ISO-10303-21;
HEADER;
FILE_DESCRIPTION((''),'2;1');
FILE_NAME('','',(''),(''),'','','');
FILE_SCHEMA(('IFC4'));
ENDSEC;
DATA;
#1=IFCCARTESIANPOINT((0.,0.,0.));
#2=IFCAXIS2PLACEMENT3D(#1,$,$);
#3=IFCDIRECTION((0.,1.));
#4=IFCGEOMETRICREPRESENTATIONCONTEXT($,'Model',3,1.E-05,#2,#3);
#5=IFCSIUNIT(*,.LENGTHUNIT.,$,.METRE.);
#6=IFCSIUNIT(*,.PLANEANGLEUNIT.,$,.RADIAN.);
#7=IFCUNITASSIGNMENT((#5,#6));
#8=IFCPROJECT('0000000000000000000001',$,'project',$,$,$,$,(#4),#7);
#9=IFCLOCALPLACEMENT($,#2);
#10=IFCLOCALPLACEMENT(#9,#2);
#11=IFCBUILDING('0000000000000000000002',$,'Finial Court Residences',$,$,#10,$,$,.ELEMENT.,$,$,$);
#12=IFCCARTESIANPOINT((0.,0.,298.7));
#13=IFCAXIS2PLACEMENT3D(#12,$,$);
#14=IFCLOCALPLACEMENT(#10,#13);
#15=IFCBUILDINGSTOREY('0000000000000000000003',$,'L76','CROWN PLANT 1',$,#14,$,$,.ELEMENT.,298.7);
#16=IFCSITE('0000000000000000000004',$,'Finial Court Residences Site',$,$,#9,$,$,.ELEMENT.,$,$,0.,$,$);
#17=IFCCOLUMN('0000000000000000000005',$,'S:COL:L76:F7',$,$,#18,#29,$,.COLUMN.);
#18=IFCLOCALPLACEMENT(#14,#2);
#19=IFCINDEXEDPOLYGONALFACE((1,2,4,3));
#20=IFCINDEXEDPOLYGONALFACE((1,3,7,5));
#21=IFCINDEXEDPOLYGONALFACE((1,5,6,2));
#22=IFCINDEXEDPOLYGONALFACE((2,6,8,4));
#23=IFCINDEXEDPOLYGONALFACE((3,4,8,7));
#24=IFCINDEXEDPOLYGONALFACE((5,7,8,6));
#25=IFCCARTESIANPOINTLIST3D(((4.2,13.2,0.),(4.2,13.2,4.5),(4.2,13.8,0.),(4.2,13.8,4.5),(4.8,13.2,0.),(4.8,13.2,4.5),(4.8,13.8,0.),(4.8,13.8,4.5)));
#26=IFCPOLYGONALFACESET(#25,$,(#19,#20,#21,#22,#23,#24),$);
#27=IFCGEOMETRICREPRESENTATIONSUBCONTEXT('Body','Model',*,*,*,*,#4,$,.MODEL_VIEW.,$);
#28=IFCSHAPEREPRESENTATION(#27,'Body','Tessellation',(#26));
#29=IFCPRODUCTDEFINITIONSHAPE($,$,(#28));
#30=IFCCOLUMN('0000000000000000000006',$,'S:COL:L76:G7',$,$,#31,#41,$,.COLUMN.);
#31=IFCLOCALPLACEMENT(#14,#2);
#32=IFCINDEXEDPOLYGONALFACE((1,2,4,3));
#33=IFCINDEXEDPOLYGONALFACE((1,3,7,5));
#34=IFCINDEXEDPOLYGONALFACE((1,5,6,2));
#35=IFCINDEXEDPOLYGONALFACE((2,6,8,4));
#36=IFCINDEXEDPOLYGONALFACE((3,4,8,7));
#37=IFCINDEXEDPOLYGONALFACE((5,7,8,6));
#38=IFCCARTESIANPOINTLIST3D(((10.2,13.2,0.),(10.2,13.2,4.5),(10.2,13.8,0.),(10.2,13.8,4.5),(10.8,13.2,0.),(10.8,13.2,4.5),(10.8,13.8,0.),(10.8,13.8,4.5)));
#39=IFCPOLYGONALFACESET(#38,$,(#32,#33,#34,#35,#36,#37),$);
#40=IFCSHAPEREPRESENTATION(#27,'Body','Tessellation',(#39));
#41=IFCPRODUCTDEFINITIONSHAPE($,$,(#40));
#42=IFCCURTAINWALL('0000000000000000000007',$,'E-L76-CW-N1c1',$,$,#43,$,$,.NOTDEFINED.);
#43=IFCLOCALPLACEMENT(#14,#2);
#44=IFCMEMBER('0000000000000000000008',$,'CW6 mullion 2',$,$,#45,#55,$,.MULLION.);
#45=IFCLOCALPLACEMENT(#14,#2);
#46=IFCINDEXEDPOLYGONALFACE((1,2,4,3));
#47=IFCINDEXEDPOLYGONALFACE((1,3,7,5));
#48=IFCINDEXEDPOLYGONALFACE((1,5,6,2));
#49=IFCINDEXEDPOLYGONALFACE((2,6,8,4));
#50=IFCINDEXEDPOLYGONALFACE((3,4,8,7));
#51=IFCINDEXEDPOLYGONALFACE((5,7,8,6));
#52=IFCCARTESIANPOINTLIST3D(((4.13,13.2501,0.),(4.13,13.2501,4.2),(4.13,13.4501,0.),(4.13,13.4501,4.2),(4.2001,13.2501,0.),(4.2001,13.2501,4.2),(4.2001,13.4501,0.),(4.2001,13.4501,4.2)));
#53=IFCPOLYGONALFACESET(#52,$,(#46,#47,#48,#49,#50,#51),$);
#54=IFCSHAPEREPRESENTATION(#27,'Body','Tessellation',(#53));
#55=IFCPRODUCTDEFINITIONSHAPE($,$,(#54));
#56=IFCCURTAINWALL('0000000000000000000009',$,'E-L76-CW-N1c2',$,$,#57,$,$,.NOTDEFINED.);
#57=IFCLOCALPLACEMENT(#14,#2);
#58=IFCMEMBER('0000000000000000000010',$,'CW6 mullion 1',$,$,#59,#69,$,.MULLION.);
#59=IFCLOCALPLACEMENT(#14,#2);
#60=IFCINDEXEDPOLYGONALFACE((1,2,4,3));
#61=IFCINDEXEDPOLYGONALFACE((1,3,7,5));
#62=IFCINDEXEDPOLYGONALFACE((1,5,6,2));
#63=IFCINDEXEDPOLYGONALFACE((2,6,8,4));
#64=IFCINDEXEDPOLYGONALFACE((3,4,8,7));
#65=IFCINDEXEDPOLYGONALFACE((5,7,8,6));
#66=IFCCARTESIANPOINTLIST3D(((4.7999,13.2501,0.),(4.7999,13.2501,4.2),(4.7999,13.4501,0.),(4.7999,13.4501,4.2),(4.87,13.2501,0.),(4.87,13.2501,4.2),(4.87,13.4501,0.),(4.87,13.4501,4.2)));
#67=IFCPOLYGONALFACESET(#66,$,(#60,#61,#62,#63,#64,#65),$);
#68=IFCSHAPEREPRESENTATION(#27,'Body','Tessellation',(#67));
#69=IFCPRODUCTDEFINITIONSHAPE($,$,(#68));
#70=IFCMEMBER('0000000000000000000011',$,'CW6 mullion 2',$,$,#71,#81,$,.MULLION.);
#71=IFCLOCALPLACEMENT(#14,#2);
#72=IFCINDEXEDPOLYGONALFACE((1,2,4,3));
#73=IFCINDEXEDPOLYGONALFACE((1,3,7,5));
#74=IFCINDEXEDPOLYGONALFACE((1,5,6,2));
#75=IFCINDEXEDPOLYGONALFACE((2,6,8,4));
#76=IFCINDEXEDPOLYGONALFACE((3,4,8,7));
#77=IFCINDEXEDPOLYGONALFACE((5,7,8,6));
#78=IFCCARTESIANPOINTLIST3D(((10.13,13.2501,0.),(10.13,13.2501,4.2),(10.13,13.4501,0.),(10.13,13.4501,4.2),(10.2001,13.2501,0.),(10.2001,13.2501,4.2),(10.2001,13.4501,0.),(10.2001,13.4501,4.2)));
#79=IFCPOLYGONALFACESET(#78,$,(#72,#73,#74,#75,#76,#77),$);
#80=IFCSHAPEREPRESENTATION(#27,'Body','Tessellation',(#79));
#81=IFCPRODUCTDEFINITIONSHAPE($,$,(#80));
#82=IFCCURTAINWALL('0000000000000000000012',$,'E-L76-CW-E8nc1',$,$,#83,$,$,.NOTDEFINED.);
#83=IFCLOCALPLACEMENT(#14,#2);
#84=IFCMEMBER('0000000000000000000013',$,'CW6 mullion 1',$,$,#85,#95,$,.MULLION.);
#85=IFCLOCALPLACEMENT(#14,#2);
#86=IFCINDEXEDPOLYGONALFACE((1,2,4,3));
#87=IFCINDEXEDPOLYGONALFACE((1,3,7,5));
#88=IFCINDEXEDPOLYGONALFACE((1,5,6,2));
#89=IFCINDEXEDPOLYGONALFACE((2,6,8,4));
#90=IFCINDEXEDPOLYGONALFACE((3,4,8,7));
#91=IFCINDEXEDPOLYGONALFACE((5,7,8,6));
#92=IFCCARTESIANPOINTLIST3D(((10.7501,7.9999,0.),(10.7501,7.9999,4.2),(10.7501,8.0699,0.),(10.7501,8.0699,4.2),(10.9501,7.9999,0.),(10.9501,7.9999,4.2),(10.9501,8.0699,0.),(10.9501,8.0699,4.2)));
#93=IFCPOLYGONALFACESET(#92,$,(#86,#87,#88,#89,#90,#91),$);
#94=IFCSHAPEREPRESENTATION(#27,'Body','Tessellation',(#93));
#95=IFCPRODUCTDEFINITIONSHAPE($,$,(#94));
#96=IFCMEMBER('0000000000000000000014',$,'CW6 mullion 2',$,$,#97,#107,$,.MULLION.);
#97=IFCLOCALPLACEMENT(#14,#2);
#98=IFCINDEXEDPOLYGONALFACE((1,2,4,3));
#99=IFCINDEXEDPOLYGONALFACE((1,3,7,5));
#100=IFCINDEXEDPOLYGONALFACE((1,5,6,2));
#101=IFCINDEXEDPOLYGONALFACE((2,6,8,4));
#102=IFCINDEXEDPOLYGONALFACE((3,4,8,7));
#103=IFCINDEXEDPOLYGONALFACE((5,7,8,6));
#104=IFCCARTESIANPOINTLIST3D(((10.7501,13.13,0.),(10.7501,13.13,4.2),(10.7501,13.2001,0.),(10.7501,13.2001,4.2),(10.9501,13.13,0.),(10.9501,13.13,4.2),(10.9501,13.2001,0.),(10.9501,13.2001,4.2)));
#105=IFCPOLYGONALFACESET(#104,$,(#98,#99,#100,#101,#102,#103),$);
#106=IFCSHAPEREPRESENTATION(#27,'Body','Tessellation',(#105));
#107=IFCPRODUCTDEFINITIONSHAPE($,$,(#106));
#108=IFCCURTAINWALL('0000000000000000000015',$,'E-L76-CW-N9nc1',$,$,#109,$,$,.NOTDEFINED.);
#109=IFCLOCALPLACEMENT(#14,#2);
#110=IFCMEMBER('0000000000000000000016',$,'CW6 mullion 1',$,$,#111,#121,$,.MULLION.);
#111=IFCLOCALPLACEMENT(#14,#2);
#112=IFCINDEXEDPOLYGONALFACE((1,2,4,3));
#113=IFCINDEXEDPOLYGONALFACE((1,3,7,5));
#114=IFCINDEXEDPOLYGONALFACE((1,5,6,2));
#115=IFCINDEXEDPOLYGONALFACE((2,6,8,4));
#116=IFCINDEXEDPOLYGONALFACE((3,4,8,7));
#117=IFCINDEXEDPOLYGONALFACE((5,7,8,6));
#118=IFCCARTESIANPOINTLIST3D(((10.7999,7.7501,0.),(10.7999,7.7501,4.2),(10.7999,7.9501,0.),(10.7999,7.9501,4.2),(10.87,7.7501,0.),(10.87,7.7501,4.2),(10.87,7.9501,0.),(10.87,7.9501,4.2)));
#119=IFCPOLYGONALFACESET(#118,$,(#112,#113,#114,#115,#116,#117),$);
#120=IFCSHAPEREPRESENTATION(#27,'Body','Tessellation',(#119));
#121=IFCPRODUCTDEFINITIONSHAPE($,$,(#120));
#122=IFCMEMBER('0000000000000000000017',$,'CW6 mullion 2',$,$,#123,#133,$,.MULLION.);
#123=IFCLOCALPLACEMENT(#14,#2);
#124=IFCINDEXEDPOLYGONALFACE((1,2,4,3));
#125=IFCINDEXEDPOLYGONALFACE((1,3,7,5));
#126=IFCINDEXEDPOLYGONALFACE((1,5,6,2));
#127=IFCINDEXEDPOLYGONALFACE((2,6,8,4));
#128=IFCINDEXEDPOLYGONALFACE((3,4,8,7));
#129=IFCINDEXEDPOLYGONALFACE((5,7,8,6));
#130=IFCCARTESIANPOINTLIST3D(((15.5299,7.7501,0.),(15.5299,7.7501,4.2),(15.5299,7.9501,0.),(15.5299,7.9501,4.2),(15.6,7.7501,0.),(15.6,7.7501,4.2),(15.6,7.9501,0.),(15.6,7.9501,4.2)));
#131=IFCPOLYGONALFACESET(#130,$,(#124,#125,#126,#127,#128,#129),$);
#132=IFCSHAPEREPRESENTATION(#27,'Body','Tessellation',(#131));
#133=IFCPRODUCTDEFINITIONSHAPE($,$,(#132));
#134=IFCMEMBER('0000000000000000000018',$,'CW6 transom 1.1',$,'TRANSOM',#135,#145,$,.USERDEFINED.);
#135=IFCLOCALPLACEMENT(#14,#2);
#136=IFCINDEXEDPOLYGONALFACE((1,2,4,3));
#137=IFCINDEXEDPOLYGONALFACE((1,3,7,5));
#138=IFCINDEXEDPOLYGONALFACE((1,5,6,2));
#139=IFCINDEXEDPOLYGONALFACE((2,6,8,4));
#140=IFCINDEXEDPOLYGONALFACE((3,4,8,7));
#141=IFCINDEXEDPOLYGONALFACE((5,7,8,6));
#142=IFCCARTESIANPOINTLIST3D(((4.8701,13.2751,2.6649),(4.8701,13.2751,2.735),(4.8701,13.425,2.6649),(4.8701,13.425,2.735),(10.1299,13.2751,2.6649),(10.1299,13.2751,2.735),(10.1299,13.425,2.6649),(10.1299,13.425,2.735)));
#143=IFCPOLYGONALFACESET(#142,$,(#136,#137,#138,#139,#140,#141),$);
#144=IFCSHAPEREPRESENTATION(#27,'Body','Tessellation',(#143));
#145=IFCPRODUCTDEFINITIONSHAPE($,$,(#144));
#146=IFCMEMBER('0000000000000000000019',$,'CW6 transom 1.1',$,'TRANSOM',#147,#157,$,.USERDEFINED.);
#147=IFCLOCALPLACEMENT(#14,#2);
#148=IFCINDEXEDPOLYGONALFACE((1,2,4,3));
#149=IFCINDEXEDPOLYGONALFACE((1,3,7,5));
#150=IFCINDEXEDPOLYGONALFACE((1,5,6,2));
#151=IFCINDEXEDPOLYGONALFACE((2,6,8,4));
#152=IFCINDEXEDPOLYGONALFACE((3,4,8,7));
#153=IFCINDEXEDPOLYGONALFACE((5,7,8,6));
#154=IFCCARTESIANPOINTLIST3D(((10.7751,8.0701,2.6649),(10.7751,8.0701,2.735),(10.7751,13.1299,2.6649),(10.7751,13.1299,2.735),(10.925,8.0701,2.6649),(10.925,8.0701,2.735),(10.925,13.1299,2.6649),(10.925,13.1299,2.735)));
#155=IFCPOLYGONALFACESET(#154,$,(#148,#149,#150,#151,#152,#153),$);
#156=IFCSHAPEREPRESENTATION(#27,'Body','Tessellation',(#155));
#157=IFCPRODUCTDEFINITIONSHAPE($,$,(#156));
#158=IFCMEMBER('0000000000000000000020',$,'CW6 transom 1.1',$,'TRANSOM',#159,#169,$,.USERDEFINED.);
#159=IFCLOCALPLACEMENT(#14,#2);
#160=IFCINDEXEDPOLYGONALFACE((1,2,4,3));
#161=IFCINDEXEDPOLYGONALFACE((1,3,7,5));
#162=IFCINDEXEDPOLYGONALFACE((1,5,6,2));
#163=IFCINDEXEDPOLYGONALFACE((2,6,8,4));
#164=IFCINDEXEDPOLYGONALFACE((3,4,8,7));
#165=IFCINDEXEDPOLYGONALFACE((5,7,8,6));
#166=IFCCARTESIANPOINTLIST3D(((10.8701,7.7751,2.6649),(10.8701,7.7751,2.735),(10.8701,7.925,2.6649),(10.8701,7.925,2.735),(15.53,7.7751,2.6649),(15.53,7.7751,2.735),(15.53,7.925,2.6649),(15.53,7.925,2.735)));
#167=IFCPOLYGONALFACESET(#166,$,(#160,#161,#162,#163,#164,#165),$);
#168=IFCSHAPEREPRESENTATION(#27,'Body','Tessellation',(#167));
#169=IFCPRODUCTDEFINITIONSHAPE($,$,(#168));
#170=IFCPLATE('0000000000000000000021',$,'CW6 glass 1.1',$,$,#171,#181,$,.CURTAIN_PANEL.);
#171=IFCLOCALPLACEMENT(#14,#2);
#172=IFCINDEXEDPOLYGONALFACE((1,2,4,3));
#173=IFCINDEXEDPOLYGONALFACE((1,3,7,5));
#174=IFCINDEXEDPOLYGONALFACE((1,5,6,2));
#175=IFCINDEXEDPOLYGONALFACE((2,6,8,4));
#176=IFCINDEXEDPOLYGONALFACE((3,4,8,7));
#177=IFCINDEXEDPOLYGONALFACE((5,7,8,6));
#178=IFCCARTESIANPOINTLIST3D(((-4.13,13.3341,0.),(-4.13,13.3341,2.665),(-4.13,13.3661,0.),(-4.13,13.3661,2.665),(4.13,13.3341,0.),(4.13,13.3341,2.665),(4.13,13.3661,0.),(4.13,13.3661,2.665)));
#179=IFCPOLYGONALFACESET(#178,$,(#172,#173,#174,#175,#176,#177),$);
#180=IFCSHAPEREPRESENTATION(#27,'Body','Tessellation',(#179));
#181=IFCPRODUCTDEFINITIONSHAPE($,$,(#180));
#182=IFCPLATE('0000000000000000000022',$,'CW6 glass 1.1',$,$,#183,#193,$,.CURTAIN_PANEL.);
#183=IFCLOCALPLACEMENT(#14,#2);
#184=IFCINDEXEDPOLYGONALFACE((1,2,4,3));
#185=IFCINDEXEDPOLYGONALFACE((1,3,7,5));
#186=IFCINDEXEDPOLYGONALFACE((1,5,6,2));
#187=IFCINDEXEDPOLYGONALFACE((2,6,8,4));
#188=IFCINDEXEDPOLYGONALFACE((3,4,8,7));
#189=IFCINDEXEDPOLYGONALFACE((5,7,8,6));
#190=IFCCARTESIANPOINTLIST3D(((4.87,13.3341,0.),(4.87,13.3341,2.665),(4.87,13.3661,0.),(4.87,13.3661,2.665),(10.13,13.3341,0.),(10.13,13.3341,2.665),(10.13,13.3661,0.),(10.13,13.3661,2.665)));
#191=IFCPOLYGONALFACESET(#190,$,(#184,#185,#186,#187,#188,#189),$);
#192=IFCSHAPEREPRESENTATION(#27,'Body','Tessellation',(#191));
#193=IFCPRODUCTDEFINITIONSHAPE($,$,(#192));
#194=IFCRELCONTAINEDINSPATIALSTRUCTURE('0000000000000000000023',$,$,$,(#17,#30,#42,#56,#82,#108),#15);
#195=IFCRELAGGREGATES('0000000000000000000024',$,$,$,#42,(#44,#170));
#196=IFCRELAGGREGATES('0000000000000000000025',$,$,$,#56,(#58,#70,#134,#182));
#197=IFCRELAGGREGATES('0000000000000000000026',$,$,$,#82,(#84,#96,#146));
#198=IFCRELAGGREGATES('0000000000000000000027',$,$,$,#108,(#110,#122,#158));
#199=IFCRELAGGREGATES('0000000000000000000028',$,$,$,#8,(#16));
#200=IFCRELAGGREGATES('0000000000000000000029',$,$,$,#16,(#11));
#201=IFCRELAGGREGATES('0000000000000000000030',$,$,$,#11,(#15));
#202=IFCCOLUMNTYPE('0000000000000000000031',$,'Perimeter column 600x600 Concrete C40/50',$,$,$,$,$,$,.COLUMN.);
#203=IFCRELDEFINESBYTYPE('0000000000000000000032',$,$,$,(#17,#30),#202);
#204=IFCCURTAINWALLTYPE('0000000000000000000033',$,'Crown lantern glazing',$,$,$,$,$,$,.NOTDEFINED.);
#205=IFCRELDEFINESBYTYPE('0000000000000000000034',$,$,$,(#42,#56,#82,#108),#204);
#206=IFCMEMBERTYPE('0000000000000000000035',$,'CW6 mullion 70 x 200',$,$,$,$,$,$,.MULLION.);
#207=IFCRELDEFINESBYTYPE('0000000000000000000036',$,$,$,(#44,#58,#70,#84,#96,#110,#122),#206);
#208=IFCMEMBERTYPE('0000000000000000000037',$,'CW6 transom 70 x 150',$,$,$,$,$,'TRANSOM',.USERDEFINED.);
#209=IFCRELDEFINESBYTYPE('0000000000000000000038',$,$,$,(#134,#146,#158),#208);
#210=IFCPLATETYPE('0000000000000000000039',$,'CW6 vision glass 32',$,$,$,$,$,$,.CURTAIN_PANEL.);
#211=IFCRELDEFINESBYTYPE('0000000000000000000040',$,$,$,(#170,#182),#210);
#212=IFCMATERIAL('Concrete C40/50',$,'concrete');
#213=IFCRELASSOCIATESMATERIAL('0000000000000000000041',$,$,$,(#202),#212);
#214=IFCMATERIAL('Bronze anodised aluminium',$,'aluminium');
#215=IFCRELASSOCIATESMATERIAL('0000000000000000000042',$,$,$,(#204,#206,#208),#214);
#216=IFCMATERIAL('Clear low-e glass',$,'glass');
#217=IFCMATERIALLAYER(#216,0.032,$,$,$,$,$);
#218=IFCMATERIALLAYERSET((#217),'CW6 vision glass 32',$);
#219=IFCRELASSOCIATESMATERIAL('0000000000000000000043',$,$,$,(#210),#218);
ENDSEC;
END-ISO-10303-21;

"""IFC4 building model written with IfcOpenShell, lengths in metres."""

from ifc_helpers import new_model, si_unit, direction, frame, origin, origin_2d, place, context, subcontext, project, spatial, rectangle, extrude, material, layer, layer_set, material_profile, profile_set, type_object, element, aggregate, save


model = new_model("IFC4")

# Units and contexts
model_context = context("Model", 3, precision=1e-05, world=origin(), true_north=direction((0.0, 1.0)))
body_context = subcontext(model_context, "Body", "Model", "MODEL_VIEW")
ifc_project = project(units=[si_unit("LENGTHUNIT", "METRE"), si_unit("PLANEANGLEUNIT", "RADIAN")], contexts=[model_context])

# Site, building, storey
site_placement = place(None, origin())
site = spatial("IfcSite", under=ifc_project, at=site_placement, Name="Finial Court Residences Site", CompositionType="ELEMENT", RefElevation=0.0)
building_placement = place(site_placement, origin())
building = spatial("IfcBuilding", under=site, at=building_placement, Name="Finial Court Residences", CompositionType="ELEMENT")
storey_placement = place(building_placement, frame((0.0, 0.0, 298.7)))
storey = spatial("IfcBuildingStorey", under=building, at=storey_placement, Name="L76", Description="CROWN PLANT 1", CompositionType="ELEMENT", Elevation=298.7)

# Columns
ifc_material_1 = material(Name="Concrete C40/50", Category="concrete")
ifc_material_profile_1 = material_profile(ifc_material_1, rectangle(XDim=0.6001, YDim=0.6001, at=origin_2d()), Name="600x600")
ifc_profile_set_1 = profile_set([ifc_material_profile_1], Name="Concrete C40/50")
column_type = type_object("IfcColumnType", Name="Perimeter column 600x600 Concrete C40/50", PredefinedType="COLUMN", material=ifc_profile_set_1)
for number, where, z_axis, x_axis, name in (
    (1, (4.5, 13.5, 0.0), (0.0, 0.0, 1.0), (1.0, 0.0, 0.0), "S:COL:L76:F7"),
    (2, (10.5, 13.5, 0.0), (0.0, 0.0, 1.0), (1.0, 0.0, 0.0), "S:COL:L76:G7"),
):
    element("IfcColumn", number, at=place(storey_placement, frame(where, z_axis=z_axis, x_axis=x_axis)), inside=storey, type_object=column_type, Name=name, PredefinedType="COLUMN", context=body_context, shape_type="SweptSolid", body=[
        extrude(rectangle(XDim=0.6001, YDim=0.6001, at=origin_2d()), origin(), (0.0, 0.0, 1.0), 4.5),
    ])

# Curtain wall, member
ifc_material_2 = material(Name="Bronze anodised aluminium", Category="aluminium")
curtain_wall_type = type_object("IfcCurtainWallType", Name="Crown lantern glazing", PredefinedType="NOTDEFINED", material=ifc_material_2)
curtain_wall_1_placement = place(storey_placement, origin())
curtain_wall_1 = element("IfcCurtainWall", 3, at=curtain_wall_1_placement, inside=storey, type_object=curtain_wall_type, Name="E-L76-CW-N1c1", PredefinedType="NOTDEFINED")
ifc_material_profile_2 = material_profile(ifc_material_2, rectangle(XDim=0.2, YDim=0.0701, at=origin_2d()), Name="CW6 mullion 70 x 200")
ifc_profile_set_2 = profile_set([ifc_material_profile_2], Name="Bronze anodised aluminium")
member_type_1 = type_object("IfcMemberType", Name="CW6 mullion 70 x 200", PredefinedType="MULLION", material=ifc_profile_set_2)
member_1_placement = place(storey_placement, frame((4.165, 13.3501, 0.0), z_axis=(0.0, 0.0, 1.0), x_axis=(0.0, 1.0, 0.0)))
member_1 = element("IfcMember", 4, at=member_1_placement, type_object=member_type_1, Name="CW6 mullion 2", PredefinedType="MULLION", context=body_context, shape_type="SweptSolid", body=[
    extrude(rectangle(XDim=0.2, YDim=0.0701, at=origin_2d()), origin(), (0.0, 0.0, 1.0), 4.2),
])

# Curtain walls, members
curtain_wall_2_placement = place(storey_placement, origin())
curtain_wall_2 = element("IfcCurtainWall", 5, at=curtain_wall_2_placement, inside=storey, type_object=curtain_wall_type, Name="E-L76-CW-N1c2", PredefinedType="NOTDEFINED")
member_2_placement = place(storey_placement, frame((4.835, 13.3501, 0.0), z_axis=(0.0, 0.0, 1.0), x_axis=(0.0, 1.0, 0.0)))
member_2 = element("IfcMember", 6, at=member_2_placement, type_object=member_type_1, Name="CW6 mullion 1", PredefinedType="MULLION", context=body_context, shape_type="SweptSolid", body=[
    extrude(rectangle(XDim=0.2, YDim=0.0701, at=origin_2d()), origin(), (0.0, 0.0, 1.0), 4.2),
])
member_3_placement = place(storey_placement, frame((10.165, 13.3501, 0.0), z_axis=(0.0, 0.0, 1.0), x_axis=(0.0, 1.0, 0.0)))
member_3 = element("IfcMember", 7, at=member_3_placement, type_object=member_type_1, Name="CW6 mullion 2", PredefinedType="MULLION", context=body_context, shape_type="SweptSolid", body=[
    extrude(rectangle(XDim=0.2, YDim=0.0701, at=origin_2d()), origin(), (0.0, 0.0, 1.0), 4.2),
])
curtain_wall_3_placement = place(storey_placement, origin())
curtain_wall_3 = element("IfcCurtainWall", 8, at=curtain_wall_3_placement, inside=storey, type_object=curtain_wall_type, Name="E-L76-CW-E8nc1", PredefinedType="NOTDEFINED")
member_4_placement = place(storey_placement, frame((10.8501, 8.0349, 0.0), z_axis=(0.0, 0.0, 1.0), x_axis=(-1.0, 0.0, 0.0)))
member_4 = element("IfcMember", 9, at=member_4_placement, type_object=member_type_1, Name="CW6 mullion 1", PredefinedType="MULLION", context=body_context, shape_type="SweptSolid", body=[
    extrude(rectangle(XDim=0.2, YDim=0.0701, at=origin_2d()), origin(), (0.0, 0.0, 1.0), 4.2),
])
member_5_placement = place(storey_placement, frame((10.8501, 13.165, 0.0), z_axis=(0.0, 0.0, 1.0), x_axis=(-1.0, 0.0, 0.0)))
member_5 = element("IfcMember", 10, at=member_5_placement, type_object=member_type_1, Name="CW6 mullion 2", PredefinedType="MULLION", context=body_context, shape_type="SweptSolid", body=[
    extrude(rectangle(XDim=0.2, YDim=0.0701, at=origin_2d()), origin(), (0.0, 0.0, 1.0), 4.2),
])
curtain_wall_4_placement = place(storey_placement, origin())
curtain_wall_4 = element("IfcCurtainWall", 11, at=curtain_wall_4_placement, inside=storey, type_object=curtain_wall_type, Name="E-L76-CW-N9nc1", PredefinedType="NOTDEFINED")
member_6_placement = place(storey_placement, frame((10.835, 7.8501, 0.0), z_axis=(0.0, 0.0, 1.0), x_axis=(0.0, 1.0, 0.0)))
member_6 = element("IfcMember", 12, at=member_6_placement, type_object=member_type_1, Name="CW6 mullion 1", PredefinedType="MULLION", context=body_context, shape_type="SweptSolid", body=[
    extrude(rectangle(XDim=0.2, YDim=0.0701, at=origin_2d()), origin(), (0.0, 0.0, 1.0), 4.2),
])
member_7_placement = place(storey_placement, frame((15.5649, 7.8501, 0.0), z_axis=(0.0, 0.0, 1.0), x_axis=(0.0, 1.0, 0.0)))
member_7 = element("IfcMember", 13, at=member_7_placement, type_object=member_type_1, Name="CW6 mullion 2", PredefinedType="MULLION", context=body_context, shape_type="SweptSolid", body=[
    extrude(rectangle(XDim=0.2, YDim=0.0701, at=origin_2d()), origin(), (0.0, 0.0, 1.0), 4.2),
])

# Members
ifc_material_profile_3 = material_profile(ifc_material_2, rectangle(XDim=0.1499, YDim=0.0701, at=origin_2d()), Name="CW6 transom 70 x 150")
ifc_profile_set_3 = profile_set([ifc_material_profile_3], Name="Bronze anodised aluminium")
member_type_2 = type_object("IfcMemberType", Name="CW6 transom 70 x 150", ElementType="TRANSOM", PredefinedType="USERDEFINED", material=ifc_profile_set_3)
member_8_placement = place(storey_placement, frame((4.8701, 13.3501, 2.7), z_axis=(1.0, 0.0, 0.0), x_axis=(0.0, 1.0, 0.0)))
member_8 = element("IfcMember", 14, at=member_8_placement, type_object=member_type_2, Name="CW6 transom 1.1", ObjectType="TRANSOM", PredefinedType="USERDEFINED", context=body_context, shape_type="SweptSolid", body=[
    extrude(rectangle(XDim=0.1499, YDim=0.0701, at=origin_2d()), origin(), (0.0, 0.0, 1.0), 5.2598),
])
member_9_placement = place(storey_placement, frame((10.8501, 8.0701, 2.7), z_axis=(0.0, 1.0, 0.0), x_axis=(-1.0, 0.0, 0.0)))
member_9 = element("IfcMember", 15, at=member_9_placement, type_object=member_type_2, Name="CW6 transom 1.1", ObjectType="TRANSOM", PredefinedType="USERDEFINED", context=body_context, shape_type="SweptSolid", body=[
    extrude(rectangle(XDim=0.1499, YDim=0.0701, at=origin_2d()), origin(), (0.0, 0.0, 1.0), 5.0598),
])
member_10_placement = place(storey_placement, frame((10.8701, 7.8501, 2.7), z_axis=(1.0, 0.0, 0.0), x_axis=(0.0, 1.0, 0.0)))
member_10 = element("IfcMember", 16, at=member_10_placement, type_object=member_type_2, Name="CW6 transom 1.1", ObjectType="TRANSOM", PredefinedType="USERDEFINED", context=body_context, shape_type="SweptSolid", body=[
    extrude(rectangle(XDim=0.1499, YDim=0.0701, at=origin_2d()), origin(), (0.0, 0.0, 1.0), 4.6599),
])

# Plates
ifc_material_3 = material(Name="Clear low-e glass", Category="glass")
ifc_layer_1 = layer(ifc_material_3, 0.032)
ifc_layer_set_1 = layer_set([ifc_layer_1], Name="CW6 vision glass 32")
plate_type = type_object("IfcPlateType", Name="CW6 vision glass 32", PredefinedType="CURTAIN_PANEL", material=ifc_layer_set_1)
plate_1_placement = place(storey_placement, frame((0.0, 13.3501, 0.0), z_axis=(0.0, 0.0, 1.0), x_axis=(1.0, 0.0, 0.0)))
plate_1 = element("IfcPlate", 17, at=plate_1_placement, type_object=plate_type, Name="CW6 glass 1.1", PredefinedType="CURTAIN_PANEL", context=body_context, shape_type="SweptSolid", body=[
    extrude(rectangle(XDim=8.26, YDim=0.032, at=origin_2d()), origin(), (0.0, 0.0, 1.0), 2.665),
])
plate_2_placement = place(storey_placement, frame((7.5, 13.3501, 0.0), z_axis=(0.0, 0.0, 1.0), x_axis=(1.0, 0.0, 0.0)))
plate_2 = element("IfcPlate", 18, at=plate_2_placement, type_object=plate_type, Name="CW6 glass 1.1", PredefinedType="CURTAIN_PANEL", context=body_context, shape_type="SweptSolid", body=[
    extrude(rectangle(XDim=5.26, YDim=0.032, at=origin_2d()), origin(), (0.0, 0.0, 1.0), 2.665),
])

aggregate(curtain_wall_1, [member_1, plate_1])
aggregate(curtain_wall_2, [member_2, member_3, member_8, plate_2])
aggregate(curtain_wall_3, [member_4, member_5, member_9])
aggregate(curtain_wall_4, [member_6, member_7, member_10])

save(model, "model.ifc")
